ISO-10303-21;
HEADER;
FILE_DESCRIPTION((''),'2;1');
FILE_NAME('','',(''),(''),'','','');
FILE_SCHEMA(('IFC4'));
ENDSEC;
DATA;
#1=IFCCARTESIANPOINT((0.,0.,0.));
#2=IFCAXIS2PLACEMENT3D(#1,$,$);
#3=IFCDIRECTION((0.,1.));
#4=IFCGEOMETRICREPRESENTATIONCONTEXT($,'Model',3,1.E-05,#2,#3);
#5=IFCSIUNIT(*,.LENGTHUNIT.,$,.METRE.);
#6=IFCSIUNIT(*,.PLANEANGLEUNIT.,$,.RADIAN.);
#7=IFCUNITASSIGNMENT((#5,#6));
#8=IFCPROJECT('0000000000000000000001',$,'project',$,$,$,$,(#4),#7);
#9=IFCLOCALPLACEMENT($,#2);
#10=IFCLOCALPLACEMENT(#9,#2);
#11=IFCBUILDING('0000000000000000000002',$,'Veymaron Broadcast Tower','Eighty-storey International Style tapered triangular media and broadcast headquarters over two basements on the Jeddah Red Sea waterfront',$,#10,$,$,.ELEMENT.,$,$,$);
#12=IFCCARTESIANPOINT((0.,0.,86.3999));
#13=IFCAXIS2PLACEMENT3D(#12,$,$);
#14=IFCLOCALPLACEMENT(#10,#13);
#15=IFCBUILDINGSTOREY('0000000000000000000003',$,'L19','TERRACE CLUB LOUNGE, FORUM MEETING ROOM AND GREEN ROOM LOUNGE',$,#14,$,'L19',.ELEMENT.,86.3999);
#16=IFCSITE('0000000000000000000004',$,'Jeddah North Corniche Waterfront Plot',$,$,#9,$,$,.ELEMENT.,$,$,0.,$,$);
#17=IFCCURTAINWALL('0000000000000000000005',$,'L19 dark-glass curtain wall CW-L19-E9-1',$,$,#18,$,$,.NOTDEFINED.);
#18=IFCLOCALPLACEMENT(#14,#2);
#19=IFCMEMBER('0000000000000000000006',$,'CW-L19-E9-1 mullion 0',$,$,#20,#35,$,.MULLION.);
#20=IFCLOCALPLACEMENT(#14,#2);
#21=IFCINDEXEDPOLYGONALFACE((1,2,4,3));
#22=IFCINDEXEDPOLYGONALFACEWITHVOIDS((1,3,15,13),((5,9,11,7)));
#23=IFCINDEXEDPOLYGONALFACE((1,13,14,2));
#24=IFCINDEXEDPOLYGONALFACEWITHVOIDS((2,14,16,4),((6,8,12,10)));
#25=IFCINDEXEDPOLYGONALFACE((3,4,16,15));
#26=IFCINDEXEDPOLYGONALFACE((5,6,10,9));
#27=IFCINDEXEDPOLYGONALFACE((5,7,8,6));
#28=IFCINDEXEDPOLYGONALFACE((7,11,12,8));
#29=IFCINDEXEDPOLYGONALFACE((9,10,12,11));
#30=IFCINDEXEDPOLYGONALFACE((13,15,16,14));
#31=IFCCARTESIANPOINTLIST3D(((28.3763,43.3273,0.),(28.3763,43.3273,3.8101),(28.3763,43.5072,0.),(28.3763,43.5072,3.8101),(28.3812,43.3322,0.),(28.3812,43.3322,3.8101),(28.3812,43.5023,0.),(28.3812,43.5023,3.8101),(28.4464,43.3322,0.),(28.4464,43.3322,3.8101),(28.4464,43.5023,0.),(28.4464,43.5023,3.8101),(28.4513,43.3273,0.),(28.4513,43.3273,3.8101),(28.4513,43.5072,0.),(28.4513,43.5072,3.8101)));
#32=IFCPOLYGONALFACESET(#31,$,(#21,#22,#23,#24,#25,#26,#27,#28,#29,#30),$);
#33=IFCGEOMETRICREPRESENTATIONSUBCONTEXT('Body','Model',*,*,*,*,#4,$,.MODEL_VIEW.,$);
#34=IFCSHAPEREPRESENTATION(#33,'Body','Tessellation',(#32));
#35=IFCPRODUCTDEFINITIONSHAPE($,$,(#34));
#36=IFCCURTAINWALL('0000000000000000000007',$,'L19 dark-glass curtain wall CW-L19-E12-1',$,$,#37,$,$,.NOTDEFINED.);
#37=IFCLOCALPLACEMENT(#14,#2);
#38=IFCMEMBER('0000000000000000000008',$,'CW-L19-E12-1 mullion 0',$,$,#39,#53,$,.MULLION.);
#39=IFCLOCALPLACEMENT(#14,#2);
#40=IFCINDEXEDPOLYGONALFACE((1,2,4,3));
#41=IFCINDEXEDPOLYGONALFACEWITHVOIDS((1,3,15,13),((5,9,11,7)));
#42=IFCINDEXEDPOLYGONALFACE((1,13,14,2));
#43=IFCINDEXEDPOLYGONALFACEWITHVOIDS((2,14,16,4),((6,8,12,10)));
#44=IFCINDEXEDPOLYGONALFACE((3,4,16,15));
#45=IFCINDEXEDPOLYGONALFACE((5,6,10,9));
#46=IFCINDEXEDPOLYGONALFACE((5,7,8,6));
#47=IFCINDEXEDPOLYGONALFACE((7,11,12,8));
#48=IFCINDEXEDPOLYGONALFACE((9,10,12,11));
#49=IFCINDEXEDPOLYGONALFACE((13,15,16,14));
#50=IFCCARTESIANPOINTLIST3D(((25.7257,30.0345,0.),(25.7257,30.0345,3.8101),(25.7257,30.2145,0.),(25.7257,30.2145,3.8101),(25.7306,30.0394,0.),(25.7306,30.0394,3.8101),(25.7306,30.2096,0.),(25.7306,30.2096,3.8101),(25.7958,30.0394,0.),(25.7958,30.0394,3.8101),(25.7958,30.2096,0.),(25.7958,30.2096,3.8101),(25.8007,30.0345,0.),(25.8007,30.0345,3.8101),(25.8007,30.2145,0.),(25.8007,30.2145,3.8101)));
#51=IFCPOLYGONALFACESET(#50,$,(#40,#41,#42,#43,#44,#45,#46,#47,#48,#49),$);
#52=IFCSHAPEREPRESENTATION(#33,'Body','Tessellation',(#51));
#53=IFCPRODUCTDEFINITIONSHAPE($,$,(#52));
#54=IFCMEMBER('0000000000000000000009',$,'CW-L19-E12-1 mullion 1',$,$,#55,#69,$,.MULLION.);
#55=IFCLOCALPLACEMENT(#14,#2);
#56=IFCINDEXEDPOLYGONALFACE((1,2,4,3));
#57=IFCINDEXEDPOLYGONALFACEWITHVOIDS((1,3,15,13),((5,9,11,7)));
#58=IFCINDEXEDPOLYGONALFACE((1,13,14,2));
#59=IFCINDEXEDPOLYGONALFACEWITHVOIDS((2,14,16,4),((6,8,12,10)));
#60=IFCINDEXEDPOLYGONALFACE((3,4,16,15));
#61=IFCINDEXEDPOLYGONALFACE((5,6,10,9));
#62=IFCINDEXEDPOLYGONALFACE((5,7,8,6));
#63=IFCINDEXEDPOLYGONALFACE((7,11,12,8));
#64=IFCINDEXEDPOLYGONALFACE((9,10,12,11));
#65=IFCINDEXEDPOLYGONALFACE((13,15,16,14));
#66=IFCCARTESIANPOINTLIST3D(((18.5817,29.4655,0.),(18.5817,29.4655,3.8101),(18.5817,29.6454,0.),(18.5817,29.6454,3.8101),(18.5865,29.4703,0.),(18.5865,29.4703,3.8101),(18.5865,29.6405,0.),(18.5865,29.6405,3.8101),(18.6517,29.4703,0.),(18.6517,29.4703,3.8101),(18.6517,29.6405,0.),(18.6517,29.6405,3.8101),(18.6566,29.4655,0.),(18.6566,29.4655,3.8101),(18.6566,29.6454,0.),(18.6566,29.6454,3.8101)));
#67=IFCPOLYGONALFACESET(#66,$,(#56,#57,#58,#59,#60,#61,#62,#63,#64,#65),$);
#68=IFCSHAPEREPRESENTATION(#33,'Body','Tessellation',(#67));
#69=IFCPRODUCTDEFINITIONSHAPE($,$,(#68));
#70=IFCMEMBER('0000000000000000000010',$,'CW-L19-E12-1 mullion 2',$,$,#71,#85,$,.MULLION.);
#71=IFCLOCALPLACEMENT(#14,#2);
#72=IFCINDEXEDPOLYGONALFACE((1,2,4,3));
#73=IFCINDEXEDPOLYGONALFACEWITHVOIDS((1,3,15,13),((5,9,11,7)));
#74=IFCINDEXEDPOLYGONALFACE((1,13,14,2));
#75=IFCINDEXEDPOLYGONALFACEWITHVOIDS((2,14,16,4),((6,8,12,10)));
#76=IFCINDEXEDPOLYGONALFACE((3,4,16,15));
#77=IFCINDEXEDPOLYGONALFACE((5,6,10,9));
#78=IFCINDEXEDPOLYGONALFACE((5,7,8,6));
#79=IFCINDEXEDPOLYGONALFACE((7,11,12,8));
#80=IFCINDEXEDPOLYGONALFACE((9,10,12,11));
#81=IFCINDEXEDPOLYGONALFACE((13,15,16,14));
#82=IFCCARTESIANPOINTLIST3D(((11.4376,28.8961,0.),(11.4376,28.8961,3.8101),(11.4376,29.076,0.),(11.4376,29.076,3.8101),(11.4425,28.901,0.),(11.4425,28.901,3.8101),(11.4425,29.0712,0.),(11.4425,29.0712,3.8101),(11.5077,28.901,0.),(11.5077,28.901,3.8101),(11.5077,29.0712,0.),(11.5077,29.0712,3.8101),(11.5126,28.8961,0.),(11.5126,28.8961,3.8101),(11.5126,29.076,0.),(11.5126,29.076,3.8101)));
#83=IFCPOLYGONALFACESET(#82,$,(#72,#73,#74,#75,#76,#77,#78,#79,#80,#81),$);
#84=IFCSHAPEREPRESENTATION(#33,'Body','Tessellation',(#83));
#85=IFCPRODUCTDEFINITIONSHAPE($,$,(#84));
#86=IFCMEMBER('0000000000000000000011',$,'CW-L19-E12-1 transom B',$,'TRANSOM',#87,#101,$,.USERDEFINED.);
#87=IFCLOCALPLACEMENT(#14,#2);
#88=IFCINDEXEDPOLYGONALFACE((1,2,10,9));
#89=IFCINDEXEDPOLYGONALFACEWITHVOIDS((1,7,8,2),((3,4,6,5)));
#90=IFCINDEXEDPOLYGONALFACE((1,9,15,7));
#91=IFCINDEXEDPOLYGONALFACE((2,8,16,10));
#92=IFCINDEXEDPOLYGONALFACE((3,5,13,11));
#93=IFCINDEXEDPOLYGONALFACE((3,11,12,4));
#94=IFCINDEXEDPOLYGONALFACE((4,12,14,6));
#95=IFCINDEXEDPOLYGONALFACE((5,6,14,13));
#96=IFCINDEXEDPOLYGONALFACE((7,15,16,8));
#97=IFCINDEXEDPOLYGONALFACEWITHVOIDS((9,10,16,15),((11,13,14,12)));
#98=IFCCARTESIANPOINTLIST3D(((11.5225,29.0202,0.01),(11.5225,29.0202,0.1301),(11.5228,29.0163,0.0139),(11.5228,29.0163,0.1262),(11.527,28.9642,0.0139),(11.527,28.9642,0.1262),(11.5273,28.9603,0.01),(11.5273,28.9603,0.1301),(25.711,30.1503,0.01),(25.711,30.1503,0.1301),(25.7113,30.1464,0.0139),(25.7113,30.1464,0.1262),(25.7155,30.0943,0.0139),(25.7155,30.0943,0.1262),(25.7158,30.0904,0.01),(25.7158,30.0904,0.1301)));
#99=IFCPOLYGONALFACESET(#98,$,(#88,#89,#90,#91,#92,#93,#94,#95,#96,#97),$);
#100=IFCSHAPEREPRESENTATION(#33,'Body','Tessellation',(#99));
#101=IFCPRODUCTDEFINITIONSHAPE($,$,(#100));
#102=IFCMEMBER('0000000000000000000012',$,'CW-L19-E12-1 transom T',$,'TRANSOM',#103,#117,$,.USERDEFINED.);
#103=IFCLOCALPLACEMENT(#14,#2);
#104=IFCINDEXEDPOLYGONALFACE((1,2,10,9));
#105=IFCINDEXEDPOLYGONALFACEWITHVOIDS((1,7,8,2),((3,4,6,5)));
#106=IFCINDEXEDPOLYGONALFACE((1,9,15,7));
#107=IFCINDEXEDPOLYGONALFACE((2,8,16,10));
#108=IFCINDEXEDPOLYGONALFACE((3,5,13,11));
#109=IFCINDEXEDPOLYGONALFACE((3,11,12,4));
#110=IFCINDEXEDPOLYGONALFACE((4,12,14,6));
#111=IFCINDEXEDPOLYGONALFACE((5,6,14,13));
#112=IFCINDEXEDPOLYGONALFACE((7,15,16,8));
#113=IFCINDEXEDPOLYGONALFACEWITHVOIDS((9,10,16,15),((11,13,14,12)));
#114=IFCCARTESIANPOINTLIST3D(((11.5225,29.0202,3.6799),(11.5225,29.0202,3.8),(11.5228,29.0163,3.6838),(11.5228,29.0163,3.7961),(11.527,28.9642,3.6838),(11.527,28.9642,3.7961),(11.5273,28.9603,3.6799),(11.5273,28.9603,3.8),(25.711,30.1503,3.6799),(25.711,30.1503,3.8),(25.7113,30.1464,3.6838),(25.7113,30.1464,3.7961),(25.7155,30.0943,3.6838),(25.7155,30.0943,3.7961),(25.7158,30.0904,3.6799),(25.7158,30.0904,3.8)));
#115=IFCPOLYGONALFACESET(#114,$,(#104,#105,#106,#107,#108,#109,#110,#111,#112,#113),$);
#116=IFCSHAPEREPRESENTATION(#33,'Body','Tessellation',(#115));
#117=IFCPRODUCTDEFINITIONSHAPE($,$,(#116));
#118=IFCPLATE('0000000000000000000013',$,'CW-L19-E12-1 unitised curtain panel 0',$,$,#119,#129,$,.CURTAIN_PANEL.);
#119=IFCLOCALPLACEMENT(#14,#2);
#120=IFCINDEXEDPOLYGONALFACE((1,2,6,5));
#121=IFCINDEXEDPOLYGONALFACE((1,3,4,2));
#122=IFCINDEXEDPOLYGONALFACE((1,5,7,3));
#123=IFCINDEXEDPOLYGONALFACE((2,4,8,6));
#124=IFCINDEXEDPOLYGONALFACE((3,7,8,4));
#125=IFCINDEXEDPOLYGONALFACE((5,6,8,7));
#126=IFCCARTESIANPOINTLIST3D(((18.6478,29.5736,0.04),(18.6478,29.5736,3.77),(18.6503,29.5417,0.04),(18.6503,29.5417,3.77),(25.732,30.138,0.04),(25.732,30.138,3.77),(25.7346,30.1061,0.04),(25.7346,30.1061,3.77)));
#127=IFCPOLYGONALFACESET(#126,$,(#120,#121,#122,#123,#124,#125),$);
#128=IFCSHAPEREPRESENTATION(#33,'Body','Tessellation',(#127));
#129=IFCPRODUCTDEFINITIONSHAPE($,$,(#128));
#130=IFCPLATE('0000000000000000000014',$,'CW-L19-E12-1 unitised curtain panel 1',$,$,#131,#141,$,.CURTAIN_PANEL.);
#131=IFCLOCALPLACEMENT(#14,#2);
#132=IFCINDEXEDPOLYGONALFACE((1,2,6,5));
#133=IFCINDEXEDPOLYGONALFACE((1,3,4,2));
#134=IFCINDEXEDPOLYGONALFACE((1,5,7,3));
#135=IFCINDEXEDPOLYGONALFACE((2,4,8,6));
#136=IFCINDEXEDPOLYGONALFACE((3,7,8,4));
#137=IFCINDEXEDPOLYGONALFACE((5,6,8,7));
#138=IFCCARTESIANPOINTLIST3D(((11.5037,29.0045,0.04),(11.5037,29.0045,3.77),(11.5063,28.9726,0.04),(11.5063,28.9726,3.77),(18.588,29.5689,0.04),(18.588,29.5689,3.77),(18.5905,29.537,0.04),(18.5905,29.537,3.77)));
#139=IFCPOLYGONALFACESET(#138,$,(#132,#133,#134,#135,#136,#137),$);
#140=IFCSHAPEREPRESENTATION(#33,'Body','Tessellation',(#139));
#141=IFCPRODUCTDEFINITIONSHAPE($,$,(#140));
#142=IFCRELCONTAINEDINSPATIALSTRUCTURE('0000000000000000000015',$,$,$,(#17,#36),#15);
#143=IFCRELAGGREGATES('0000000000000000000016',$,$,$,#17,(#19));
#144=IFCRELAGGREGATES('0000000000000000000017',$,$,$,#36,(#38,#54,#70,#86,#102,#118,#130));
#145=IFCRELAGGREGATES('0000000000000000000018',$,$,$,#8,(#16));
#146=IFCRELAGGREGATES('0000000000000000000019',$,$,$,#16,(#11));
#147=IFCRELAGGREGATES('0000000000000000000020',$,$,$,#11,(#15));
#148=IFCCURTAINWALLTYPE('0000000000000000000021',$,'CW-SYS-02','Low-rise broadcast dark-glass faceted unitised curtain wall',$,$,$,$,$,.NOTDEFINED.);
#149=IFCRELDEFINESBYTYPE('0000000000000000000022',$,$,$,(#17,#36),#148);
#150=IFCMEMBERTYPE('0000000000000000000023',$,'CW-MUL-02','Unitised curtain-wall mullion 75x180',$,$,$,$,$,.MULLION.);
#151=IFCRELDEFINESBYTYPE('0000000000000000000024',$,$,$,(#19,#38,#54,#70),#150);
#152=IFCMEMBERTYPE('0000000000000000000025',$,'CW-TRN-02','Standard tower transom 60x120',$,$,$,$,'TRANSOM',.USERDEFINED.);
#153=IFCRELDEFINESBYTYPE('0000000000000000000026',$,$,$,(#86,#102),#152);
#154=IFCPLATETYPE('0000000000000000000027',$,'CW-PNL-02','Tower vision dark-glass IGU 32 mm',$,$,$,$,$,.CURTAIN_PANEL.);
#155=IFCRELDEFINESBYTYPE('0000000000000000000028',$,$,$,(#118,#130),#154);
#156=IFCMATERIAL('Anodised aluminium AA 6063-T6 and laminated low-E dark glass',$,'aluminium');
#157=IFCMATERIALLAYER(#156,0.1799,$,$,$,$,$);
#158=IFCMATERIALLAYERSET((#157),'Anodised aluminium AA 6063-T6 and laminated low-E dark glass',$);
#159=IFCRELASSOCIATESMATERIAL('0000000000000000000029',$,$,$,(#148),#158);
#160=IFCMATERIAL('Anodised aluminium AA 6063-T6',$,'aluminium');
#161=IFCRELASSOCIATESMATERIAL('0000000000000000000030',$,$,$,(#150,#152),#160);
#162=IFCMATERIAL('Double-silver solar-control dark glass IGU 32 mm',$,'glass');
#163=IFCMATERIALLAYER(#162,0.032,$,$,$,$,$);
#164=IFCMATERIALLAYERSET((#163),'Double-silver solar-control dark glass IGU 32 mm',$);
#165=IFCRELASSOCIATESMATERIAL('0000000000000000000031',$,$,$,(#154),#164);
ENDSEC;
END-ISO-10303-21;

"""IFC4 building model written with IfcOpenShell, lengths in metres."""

from ifc_helpers import new_model, si_unit, direction, frame, origin, origin_2d, place, context, subcontext, project, spatial, rectangle, hollow_rectangle, extrude, material, layer, layer_set, material_profile, profile_set, type_object, element, aggregate, save


model = new_model("IFC4")

# Units and contexts
model_context = context("Model", 3, precision=1e-05, world=origin(), true_north=direction((0.0, 1.0)))
body_context = subcontext(model_context, "Body", "Model", "MODEL_VIEW")
ifc_project = project(units=[si_unit("LENGTHUNIT", "METRE"), si_unit("PLANEANGLEUNIT", "RADIAN")], contexts=[model_context])

# Site, building, storey
site_placement = place(None, origin())
site = spatial("IfcSite", under=ifc_project, at=site_placement, Name="Jeddah North Corniche Waterfront Plot", CompositionType="ELEMENT", RefElevation=0.0)
building_placement = place(site_placement, origin())
building = spatial("IfcBuilding", under=site, at=building_placement, Name="Veymaron Broadcast Tower", Description="Eighty-storey International Style tapered triangular media and broadcast headquarters over two basements on the Jeddah Red Sea waterfront", CompositionType="ELEMENT")
storey_placement = place(building_placement, frame((0.0, 0.0, 86.3999)))
storey = spatial("IfcBuildingStorey", under=building, at=storey_placement, Name="L19", Description="TERRACE CLUB LOUNGE, FORUM MEETING ROOM AND GREEN ROOM LOUNGE", LongName="L19", CompositionType="ELEMENT", Elevation=86.3999)

# Curtain wall, member
ifc_material_1 = material(Name="Anodised aluminium AA 6063-T6 and laminated low-E dark glass", Category="aluminium")
ifc_layer_1 = layer(ifc_material_1, 0.1799)
ifc_layer_set_1 = layer_set([ifc_layer_1], Name="Anodised aluminium AA 6063-T6 and laminated low-E dark glass")
curtain_wall_type = type_object("IfcCurtainWallType", Name="CW-SYS-02", Description="Low-rise broadcast dark-glass faceted unitised curtain wall", PredefinedType="NOTDEFINED", material=ifc_layer_set_1)
curtain_wall_1_placement = place(storey_placement, origin())
curtain_wall_1 = element("IfcCurtainWall", 1, at=curtain_wall_1_placement, inside=storey, type_object=curtain_wall_type, Name="L19 dark-glass curtain wall CW-L19-E9-1", PredefinedType="NOTDEFINED")
ifc_material_2 = material(Name="Anodised aluminium AA 6063-T6", Category="aluminium")
ifc_material_profile_1 = material_profile(ifc_material_2, hollow_rectangle(XDim=0.075, YDim=0.1799, WallThickness=0.0049, at=origin_2d()), Name="AL180X75X5")
ifc_profile_set_1 = profile_set([ifc_material_profile_1], Name="Anodised aluminium AA 6063-T6")
member_type_1 = type_object("IfcMemberType", Name="CW-MUL-02", Description="Unitised curtain-wall mullion 75x180", PredefinedType="MULLION", material=ifc_profile_set_1)
member_1_placement = place(storey_placement, frame((28.4138, 43.4172, 0.0), z_axis=(0.0, 0.0, 1.0), x_axis=(1.0, 0.0, 0.0)))
member_1 = element("IfcMember", 2, at=member_1_placement, type_object=member_type_1, Name="CW-L19-E9-1 mullion 0", PredefinedType="MULLION", context=body_context, shape_type="SweptSolid", body=[
    extrude(hollow_rectangle(XDim=0.075, YDim=0.1799, WallThickness=0.0049, at=origin_2d()), origin(), (0.0, 0.0, 1.0), 3.8101),
])
aggregate(curtain_wall_1, [member_1])

# Curtain wall, members, plates
curtain_wall_2_placement = place(storey_placement, origin())
curtain_wall_2 = element("IfcCurtainWall", 3, at=curtain_wall_2_placement, inside=storey, type_object=curtain_wall_type, Name="L19 dark-glass curtain wall CW-L19-E12-1", PredefinedType="NOTDEFINED")
member_2_placement = place(storey_placement, frame((25.7632, 30.1245, 0.0), z_axis=(0.0, 0.0, 1.0), x_axis=(1.0, 0.0, 0.0)))
member_2 = element("IfcMember", 4, at=member_2_placement, type_object=member_type_1, Name="CW-L19-E12-1 mullion 0", PredefinedType="MULLION", context=body_context, shape_type="SweptSolid", body=[
    extrude(hollow_rectangle(XDim=0.075, YDim=0.1799, WallThickness=0.0049, at=origin_2d()), origin(), (0.0, 0.0, 1.0), 3.8101),
])
member_3_placement = place(storey_placement, frame((18.6191, 29.5554, 0.0), z_axis=(0.0, 0.0, 1.0), x_axis=(1.0, 0.0, 0.0)))
member_3 = element("IfcMember", 5, at=member_3_placement, type_object=member_type_1, Name="CW-L19-E12-1 mullion 1", PredefinedType="MULLION", context=body_context, shape_type="SweptSolid", body=[
    extrude(hollow_rectangle(XDim=0.075, YDim=0.1799, WallThickness=0.0049, at=origin_2d()), origin(), (0.0, 0.0, 1.0), 3.8101),
])
member_4_placement = place(storey_placement, frame((11.4751, 28.9861, 0.0), z_axis=(0.0, 0.0, 1.0), x_axis=(1.0, 0.0, 0.0)))
member_4 = element("IfcMember", 6, at=member_4_placement, type_object=member_type_1, Name="CW-L19-E12-1 mullion 2", PredefinedType="MULLION", context=body_context, shape_type="SweptSolid", body=[
    extrude(hollow_rectangle(XDim=0.075, YDim=0.1799, WallThickness=0.0049, at=origin_2d()), origin(), (0.0, 0.0, 1.0), 3.8101),
])
ifc_material_profile_2 = material_profile(ifc_material_2, hollow_rectangle(XDim=0.0601, YDim=0.1201, WallThickness=0.0039, at=origin_2d()), Name="AL120X60X4")
ifc_profile_set_2 = profile_set([ifc_material_profile_2], Name="Anodised aluminium AA 6063-T6")
member_type_2 = type_object("IfcMemberType", Name="CW-TRN-02", Description="Standard tower transom 60x120", ElementType="TRANSOM", PredefinedType="USERDEFINED", material=ifc_profile_set_2)
member_5_placement = place(storey_placement, frame((25.7134, 30.1204, 0.0701), z_axis=(-0.996843, -0.0794, 0.0), x_axis=(0.0794, -0.996843, 0.0)))
member_5 = element("IfcMember", 7, at=member_5_placement, type_object=member_type_2, Name="CW-L19-E12-1 transom B", ObjectType="TRANSOM", PredefinedType="USERDEFINED", context=body_context, shape_type="SweptSolid", body=[
    extrude(hollow_rectangle(XDim=0.0601, YDim=0.1201, WallThickness=0.0039, at=origin_2d()), origin(), (0.0, 0.0, 1.0), 14.2334),
])
member_6_placement = place(storey_placement, frame((25.7134, 30.1204, 3.74), z_axis=(-0.996843, -0.0794, 0.0), x_axis=(0.0794, -0.996843, 0.0)))
member_6 = element("IfcMember", 8, at=member_6_placement, type_object=member_type_2, Name="CW-L19-E12-1 transom T", ObjectType="TRANSOM", PredefinedType="USERDEFINED", context=body_context, shape_type="SweptSolid", body=[
    extrude(hollow_rectangle(XDim=0.0601, YDim=0.1201, WallThickness=0.0039, at=origin_2d()), origin(), (0.0, 0.0, 1.0), 14.2334),
])
ifc_material_3 = material(Name="Double-silver solar-control dark glass IGU 32 mm", Category="glass")
ifc_layer_2 = layer(ifc_material_3, 0.032)
ifc_layer_set_2 = layer_set([ifc_layer_2], Name="Double-silver solar-control dark glass IGU 32 mm")
plate_type = type_object("IfcPlateType", Name="CW-PNL-02", Description="Tower vision dark-glass IGU 32 mm", PredefinedType="CURTAIN_PANEL", material=ifc_layer_set_2)
plate_1_placement = place(storey_placement, frame((22.1912, 29.8398, 0.04), z_axis=(0.0, 0.0, 1.0), x_axis=(-0.996842, -0.079416, 0.0)))
plate_1 = element("IfcPlate", 9, at=plate_1_placement, type_object=plate_type, Name="CW-L19-E12-1 unitised curtain panel 0", PredefinedType="CURTAIN_PANEL", context=body_context, shape_type="SweptSolid", body=[
    extrude(rectangle(XDim=7.1067, YDim=0.032, at=origin_2d()), origin(), (0.0, 0.0, 1.0), 3.73),
])
plate_2_placement = place(storey_placement, frame((15.0471, 29.2708, 0.04), z_axis=(0.0, 0.0, 1.0), x_axis=(-0.996842, -0.079416, 0.0)))
plate_2 = element("IfcPlate", 10, at=plate_2_placement, type_object=plate_type, Name="CW-L19-E12-1 unitised curtain panel 1", PredefinedType="CURTAIN_PANEL", context=body_context, shape_type="SweptSolid", body=[
    extrude(rectangle(XDim=7.1067, YDim=0.032, at=origin_2d()), origin(), (0.0, 0.0, 1.0), 3.73),
])
aggregate(curtain_wall_2, [member_2, member_3, member_4, member_5, member_6, plate_1, plate_2])

save(model, "model.ifc")
